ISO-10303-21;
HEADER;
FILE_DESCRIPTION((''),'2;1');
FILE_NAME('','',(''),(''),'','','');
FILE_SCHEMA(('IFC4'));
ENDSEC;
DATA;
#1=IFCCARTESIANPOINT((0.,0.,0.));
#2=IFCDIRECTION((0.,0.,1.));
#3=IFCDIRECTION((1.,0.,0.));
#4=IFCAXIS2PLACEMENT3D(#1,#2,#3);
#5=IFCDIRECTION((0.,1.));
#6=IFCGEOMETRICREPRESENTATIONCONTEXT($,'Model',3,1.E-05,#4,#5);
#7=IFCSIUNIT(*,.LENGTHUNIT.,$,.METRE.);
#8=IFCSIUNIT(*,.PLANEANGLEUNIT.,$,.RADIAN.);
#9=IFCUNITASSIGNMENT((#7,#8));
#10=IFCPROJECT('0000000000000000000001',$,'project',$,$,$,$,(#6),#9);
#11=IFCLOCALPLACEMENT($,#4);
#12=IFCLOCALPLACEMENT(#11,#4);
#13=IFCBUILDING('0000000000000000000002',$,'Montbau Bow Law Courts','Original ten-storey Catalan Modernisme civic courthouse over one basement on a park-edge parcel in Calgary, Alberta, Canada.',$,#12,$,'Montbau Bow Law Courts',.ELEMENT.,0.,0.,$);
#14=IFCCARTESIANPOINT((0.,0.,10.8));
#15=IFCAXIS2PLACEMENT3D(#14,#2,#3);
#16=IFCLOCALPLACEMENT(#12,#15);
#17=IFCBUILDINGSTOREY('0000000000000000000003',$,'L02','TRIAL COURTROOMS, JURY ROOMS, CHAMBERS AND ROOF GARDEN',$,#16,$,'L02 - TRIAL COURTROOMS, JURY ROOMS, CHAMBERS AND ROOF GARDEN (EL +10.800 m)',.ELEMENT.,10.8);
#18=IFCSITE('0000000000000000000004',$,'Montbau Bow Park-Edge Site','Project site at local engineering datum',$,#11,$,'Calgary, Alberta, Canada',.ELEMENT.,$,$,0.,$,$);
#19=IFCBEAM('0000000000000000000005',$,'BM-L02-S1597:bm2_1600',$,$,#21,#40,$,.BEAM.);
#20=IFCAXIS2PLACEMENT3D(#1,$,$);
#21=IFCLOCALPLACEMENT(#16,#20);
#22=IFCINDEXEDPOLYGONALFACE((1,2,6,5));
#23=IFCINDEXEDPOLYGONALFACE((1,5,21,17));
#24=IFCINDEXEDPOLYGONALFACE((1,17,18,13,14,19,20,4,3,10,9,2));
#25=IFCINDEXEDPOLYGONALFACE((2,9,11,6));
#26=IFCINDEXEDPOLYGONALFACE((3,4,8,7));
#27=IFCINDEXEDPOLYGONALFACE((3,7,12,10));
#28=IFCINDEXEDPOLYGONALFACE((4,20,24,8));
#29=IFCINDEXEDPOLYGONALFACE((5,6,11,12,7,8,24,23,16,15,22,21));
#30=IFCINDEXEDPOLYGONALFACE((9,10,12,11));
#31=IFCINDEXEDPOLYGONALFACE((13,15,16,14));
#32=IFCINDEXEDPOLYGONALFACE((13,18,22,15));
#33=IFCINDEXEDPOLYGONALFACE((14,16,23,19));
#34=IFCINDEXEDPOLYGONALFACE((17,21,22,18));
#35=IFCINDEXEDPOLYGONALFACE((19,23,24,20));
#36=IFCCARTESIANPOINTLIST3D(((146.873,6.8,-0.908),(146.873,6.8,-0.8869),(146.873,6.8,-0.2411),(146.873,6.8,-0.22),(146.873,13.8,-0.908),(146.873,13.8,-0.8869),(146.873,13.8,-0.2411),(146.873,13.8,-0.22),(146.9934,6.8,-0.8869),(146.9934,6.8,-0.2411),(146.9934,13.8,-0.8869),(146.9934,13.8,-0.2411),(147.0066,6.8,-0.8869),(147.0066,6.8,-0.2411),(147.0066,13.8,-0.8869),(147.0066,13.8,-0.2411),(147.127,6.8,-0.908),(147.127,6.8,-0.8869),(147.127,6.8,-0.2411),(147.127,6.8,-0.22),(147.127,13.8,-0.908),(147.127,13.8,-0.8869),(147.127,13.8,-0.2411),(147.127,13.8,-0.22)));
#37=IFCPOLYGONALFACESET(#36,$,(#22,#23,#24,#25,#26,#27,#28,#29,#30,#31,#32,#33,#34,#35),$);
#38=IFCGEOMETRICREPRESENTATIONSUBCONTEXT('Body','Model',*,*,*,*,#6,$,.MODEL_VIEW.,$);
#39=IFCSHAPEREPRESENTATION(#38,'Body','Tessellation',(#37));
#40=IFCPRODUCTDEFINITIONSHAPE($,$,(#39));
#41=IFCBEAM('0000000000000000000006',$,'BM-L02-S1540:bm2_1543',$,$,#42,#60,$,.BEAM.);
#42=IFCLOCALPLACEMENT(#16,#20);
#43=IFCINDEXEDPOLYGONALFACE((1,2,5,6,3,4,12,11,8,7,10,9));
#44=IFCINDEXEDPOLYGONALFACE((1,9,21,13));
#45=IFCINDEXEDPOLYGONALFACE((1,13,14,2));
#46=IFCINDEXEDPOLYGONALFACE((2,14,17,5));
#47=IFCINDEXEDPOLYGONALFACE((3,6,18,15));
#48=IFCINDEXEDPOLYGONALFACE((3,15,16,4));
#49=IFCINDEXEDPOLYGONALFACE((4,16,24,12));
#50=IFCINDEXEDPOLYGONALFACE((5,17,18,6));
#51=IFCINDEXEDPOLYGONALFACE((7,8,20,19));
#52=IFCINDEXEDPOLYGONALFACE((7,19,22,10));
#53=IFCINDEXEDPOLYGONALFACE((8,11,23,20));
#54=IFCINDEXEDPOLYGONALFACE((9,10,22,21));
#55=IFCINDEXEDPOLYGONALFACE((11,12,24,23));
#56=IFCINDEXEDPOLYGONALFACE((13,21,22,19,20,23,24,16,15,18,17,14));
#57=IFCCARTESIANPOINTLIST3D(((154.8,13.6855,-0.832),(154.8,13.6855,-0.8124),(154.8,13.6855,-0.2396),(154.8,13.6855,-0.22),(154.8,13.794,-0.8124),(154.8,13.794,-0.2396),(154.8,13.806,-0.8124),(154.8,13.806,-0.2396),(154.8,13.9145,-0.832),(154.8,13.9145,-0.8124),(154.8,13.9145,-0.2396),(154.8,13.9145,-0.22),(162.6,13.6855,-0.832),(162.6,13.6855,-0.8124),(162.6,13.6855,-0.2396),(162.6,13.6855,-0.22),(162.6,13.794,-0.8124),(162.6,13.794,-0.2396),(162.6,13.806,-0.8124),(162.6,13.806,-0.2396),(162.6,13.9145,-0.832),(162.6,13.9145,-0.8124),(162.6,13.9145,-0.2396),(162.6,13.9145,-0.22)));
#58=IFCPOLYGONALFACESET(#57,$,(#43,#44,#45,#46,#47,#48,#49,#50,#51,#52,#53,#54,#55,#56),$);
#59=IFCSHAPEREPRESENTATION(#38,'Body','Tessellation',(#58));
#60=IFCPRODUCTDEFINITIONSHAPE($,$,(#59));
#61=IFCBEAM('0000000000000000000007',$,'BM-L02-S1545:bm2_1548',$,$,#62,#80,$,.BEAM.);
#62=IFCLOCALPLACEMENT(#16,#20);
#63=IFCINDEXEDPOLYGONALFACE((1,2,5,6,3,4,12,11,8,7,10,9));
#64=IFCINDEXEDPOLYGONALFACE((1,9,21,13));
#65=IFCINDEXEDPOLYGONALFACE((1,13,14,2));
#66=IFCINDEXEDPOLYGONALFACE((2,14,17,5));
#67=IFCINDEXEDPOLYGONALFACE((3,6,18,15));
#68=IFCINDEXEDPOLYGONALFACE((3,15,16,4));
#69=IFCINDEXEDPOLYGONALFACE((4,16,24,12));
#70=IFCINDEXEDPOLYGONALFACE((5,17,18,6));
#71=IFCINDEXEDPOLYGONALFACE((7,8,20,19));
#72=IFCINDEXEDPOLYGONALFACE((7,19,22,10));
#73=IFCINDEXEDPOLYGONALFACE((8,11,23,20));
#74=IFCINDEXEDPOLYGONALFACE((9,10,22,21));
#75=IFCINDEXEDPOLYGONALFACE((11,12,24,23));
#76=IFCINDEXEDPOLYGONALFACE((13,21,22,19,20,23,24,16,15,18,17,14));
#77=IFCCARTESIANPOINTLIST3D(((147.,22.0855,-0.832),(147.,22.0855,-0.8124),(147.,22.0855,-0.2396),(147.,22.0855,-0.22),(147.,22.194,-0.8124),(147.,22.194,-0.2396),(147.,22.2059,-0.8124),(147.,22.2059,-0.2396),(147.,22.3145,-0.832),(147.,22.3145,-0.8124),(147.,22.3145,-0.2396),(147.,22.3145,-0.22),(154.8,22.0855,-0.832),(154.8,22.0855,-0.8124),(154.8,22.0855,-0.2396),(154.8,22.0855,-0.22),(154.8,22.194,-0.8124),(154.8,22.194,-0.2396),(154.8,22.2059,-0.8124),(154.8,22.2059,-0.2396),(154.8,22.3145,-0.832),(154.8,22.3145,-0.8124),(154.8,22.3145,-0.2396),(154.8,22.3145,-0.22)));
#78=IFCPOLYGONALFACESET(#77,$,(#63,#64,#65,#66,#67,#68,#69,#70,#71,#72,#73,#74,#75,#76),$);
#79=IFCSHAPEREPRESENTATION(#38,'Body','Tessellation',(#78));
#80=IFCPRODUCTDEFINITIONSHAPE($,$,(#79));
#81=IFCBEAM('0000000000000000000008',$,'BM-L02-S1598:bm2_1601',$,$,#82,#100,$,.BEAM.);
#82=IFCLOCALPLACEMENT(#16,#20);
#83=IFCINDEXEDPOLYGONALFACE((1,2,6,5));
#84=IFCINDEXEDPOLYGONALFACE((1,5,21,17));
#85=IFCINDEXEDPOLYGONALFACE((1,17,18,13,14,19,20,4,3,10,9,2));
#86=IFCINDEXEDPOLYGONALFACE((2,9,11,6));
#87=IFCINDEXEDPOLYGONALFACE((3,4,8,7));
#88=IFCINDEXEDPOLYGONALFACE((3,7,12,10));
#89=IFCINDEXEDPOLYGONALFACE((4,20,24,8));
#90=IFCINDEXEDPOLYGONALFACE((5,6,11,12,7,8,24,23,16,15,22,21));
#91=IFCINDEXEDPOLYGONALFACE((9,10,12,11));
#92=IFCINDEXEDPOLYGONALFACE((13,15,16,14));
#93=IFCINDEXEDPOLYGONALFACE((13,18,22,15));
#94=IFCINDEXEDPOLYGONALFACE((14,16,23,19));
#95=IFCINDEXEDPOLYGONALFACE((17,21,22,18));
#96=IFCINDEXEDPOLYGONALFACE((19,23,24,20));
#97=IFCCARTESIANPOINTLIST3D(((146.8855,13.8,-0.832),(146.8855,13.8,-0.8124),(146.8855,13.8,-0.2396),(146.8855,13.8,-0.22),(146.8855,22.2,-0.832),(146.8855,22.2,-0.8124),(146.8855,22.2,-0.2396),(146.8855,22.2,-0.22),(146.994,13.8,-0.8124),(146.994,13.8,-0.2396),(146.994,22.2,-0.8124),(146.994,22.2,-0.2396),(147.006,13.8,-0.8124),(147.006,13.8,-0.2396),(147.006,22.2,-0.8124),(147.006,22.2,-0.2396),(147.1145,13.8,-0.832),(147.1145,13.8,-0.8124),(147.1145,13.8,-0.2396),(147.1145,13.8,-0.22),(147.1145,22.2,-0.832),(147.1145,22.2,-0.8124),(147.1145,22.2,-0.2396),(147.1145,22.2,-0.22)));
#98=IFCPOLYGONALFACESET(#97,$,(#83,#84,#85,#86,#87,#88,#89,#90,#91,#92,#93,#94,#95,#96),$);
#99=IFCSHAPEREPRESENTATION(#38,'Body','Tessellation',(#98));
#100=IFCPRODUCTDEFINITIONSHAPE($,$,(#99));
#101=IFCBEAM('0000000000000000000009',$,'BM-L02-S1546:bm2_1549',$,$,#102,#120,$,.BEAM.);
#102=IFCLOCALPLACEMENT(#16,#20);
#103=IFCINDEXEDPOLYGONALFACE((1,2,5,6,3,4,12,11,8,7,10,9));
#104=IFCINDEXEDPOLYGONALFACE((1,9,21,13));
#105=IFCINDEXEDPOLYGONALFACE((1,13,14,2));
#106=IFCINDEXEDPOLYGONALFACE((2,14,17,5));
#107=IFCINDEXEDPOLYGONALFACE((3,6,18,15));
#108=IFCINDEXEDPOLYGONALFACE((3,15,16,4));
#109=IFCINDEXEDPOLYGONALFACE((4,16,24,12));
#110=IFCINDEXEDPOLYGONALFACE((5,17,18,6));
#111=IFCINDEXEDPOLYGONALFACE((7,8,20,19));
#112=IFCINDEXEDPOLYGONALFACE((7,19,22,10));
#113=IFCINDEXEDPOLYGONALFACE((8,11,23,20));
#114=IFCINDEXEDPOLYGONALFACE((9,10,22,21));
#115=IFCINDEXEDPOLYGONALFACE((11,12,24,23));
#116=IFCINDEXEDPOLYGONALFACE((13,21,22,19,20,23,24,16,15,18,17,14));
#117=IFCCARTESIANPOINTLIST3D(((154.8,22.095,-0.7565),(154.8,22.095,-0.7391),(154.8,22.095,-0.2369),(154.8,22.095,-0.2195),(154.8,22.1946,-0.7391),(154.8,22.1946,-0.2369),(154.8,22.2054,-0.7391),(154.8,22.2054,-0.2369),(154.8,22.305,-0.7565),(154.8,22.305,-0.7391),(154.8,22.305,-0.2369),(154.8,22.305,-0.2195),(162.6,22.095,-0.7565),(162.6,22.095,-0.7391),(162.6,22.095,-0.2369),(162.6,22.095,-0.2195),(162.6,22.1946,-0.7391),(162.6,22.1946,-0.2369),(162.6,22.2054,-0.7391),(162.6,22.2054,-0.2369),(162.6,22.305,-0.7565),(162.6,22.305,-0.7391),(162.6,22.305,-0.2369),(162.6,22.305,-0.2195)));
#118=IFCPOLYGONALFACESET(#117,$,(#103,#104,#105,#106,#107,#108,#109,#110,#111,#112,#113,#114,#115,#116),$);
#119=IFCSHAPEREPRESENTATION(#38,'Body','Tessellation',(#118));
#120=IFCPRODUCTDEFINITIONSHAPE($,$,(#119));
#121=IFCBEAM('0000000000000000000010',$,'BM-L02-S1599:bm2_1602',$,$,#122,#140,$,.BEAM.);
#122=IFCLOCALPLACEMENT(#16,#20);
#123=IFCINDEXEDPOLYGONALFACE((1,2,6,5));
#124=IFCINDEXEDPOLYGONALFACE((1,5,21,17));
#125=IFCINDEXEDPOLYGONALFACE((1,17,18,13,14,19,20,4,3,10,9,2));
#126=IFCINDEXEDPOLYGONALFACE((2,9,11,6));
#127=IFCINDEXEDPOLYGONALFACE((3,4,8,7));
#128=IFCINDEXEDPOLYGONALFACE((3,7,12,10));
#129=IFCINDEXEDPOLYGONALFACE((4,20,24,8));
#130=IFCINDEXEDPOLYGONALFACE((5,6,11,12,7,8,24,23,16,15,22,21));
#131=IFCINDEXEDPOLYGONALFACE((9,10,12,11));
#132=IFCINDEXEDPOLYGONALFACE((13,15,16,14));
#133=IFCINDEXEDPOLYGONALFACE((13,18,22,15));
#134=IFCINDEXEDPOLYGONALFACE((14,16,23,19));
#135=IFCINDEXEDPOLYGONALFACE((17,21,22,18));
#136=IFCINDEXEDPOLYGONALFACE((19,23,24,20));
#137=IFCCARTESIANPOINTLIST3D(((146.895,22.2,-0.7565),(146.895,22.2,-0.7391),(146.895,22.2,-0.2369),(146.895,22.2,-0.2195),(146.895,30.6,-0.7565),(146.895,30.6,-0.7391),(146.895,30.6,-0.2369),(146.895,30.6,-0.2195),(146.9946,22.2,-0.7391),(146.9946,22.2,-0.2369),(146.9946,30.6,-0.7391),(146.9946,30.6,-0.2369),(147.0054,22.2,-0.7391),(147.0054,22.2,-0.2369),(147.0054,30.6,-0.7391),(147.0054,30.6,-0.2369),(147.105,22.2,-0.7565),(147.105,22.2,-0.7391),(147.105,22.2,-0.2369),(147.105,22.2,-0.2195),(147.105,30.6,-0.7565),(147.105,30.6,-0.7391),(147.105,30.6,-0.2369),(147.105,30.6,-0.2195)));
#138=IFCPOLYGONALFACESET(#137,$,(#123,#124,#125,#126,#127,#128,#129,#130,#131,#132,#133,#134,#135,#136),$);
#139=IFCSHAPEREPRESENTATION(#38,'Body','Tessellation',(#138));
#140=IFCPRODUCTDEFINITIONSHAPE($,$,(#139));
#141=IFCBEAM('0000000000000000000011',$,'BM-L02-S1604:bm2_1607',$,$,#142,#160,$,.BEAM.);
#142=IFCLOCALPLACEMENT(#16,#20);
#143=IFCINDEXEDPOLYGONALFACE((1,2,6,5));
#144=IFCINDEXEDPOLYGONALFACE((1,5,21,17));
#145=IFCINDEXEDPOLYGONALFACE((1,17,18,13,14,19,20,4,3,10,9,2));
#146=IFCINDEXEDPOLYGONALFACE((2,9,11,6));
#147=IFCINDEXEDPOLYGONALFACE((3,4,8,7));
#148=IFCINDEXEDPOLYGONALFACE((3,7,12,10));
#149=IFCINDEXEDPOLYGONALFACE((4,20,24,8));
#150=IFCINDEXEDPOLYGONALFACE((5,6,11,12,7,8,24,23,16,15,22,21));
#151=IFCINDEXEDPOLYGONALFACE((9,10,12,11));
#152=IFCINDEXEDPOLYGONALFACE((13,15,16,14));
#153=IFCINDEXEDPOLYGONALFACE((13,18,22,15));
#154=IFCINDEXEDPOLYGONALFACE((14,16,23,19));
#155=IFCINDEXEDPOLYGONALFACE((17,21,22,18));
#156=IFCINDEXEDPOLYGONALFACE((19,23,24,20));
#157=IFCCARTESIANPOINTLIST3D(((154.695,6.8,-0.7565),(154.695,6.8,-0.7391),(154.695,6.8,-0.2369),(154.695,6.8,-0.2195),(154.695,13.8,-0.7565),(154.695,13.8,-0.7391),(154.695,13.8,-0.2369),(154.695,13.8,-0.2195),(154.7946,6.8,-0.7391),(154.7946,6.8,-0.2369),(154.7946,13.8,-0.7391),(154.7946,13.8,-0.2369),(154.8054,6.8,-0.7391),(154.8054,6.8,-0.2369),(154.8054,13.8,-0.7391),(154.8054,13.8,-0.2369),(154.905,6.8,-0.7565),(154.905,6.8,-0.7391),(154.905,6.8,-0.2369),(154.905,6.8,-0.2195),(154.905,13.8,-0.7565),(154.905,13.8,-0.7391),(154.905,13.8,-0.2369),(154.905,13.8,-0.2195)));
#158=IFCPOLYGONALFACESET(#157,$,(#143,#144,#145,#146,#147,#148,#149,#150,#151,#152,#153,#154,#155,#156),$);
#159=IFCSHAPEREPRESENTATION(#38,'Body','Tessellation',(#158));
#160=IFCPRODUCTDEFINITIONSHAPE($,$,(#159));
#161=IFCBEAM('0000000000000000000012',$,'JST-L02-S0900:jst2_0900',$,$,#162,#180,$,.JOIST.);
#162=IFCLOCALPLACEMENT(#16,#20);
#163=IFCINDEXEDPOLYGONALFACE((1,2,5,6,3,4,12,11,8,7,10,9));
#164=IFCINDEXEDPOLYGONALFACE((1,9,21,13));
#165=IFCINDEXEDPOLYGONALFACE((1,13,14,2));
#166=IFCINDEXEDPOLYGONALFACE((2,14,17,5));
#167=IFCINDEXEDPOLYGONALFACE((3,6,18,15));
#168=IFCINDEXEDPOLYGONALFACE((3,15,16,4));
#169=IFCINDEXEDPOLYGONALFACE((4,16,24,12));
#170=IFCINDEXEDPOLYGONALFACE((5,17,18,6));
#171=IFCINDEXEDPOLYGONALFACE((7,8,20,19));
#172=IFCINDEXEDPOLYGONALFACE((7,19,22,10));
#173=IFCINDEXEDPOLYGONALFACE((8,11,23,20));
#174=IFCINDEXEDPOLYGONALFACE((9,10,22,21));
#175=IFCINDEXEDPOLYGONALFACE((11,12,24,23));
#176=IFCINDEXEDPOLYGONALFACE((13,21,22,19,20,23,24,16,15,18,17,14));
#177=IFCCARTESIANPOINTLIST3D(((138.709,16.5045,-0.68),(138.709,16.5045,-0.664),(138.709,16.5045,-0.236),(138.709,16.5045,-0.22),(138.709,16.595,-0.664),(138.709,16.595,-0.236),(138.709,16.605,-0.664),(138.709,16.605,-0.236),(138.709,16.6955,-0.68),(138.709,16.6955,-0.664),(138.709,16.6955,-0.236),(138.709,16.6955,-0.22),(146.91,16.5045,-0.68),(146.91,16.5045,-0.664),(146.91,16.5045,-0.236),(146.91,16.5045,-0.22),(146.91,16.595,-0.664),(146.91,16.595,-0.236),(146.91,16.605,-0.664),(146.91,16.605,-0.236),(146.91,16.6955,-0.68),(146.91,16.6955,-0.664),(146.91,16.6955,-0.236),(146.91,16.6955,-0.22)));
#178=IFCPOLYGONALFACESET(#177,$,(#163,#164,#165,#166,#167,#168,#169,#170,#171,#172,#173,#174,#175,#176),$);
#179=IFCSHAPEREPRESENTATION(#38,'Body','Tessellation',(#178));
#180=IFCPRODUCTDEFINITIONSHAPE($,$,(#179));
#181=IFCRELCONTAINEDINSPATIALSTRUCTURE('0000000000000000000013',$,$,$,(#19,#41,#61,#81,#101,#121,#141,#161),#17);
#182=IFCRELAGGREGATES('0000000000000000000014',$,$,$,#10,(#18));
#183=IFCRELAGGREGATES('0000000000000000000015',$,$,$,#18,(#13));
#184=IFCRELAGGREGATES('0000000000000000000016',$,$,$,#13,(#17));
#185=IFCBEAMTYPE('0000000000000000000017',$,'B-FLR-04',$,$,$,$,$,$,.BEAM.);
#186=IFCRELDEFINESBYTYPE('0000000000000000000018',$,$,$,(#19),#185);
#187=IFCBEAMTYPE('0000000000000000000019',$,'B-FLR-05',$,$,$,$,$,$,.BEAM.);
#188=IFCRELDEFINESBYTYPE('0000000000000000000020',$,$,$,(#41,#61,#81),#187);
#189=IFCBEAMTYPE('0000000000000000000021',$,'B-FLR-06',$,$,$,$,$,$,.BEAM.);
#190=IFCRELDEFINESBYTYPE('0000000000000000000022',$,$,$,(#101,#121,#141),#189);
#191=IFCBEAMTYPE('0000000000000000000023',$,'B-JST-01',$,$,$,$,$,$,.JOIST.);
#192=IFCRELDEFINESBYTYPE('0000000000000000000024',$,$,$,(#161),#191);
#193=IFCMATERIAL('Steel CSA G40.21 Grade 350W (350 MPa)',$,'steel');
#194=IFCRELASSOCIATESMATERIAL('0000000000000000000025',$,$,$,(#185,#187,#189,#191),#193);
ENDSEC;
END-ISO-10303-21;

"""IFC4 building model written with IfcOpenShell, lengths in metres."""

from ifc_helpers import new_model, si_unit, direction, frame, origin_with_axes, origin_2d_with_axis, place, context, subcontext, project, spatial, i_section, extrude, material, material_profile, profile_set, type_object, element, save


model = new_model("IFC4")

# Units and contexts
model_context = context("Model", 3, precision=1e-05, world=origin_with_axes(), true_north=direction((0.0, 1.0)))
body_context = subcontext(model_context, "Body", "Model", "MODEL_VIEW")
ifc_project = project(units=[si_unit("LENGTHUNIT", "METRE"), si_unit("PLANEANGLEUNIT", "RADIAN")], contexts=[model_context])

# Site, building, storey
site_placement = place(None, origin_with_axes())
site = spatial("IfcSite", under=ifc_project, at=site_placement, Name="Montbau Bow Park-Edge Site", Description="Project site at local engineering datum", LongName="Calgary, Alberta, Canada", CompositionType="ELEMENT", RefElevation=0.0)
building_placement = place(site_placement, origin_with_axes())
building = spatial("IfcBuilding", under=site, at=building_placement, Name="Montbau Bow Law Courts", Description="Original ten-storey Catalan Modernisme civic courthouse over one basement on a park-edge parcel in Calgary, Alberta, Canada.", LongName="Montbau Bow Law Courts", CompositionType="ELEMENT", ElevationOfRefHeight=0.0, ElevationOfTerrain=0.0)
storey_placement = place(building_placement, frame((0.0, 0.0, 10.8), z_axis=(0.0, 0.0, 1.0), x_axis=(1.0, 0.0, 0.0)))
storey = spatial("IfcBuildingStorey", under=building, at=storey_placement, Name="L02", Description="TRIAL COURTROOMS, JURY ROOMS, CHAMBERS AND ROOF GARDEN", LongName="L02 - TRIAL COURTROOMS, JURY ROOMS, CHAMBERS AND ROOF GARDEN (EL +10.800 m)", CompositionType="ELEMENT", Elevation=10.8)

# Shared definitions
ifc_material_1 = material(Name="Steel CSA G40.21 Grade 350W (350 MPa)", Category="steel")

# Beams
ifc_material_profile_1 = material_profile(ifc_material_1, i_section(OverallWidth=0.254, OverallDepth=0.688, WebThickness=0.0131, FlangeThickness=0.0211, at=origin_2d_with_axis()), Name="W690X152", Category="Main", Priority=0)
ifc_profile_set_1 = profile_set([ifc_material_profile_1], Name="Steel CSA G40.21 Grade 350W (350 MPa)")
beam_type_1 = type_object("IfcBeamType", Name="B-FLR-04", PredefinedType="BEAM", material=ifc_profile_set_1)
beam_1_placement = place(None, frame((147.0, 6.8, 10.236), z_axis=(0.0, 1.0, 0.0), x_axis=(-1.0, 0.0, 0.0)))
element("IfcBeam", 1, at=beam_1_placement, inside=storey, type_object=beam_type_1, Name="BM-L02-S1597:bm2_1600", PredefinedType="BEAM", context=body_context, shape_type="SweptSolid", body=[
    extrude(i_section(OverallWidth=0.254, OverallDepth=0.688, WebThickness=0.0131, FlangeThickness=0.0211, at=origin_2d_with_axis()), origin_with_axes(), (0.0, 0.0, 1.0), 7.0),
])
ifc_material_profile_2 = material_profile(ifc_material_1, i_section(OverallWidth=0.229, OverallDepth=0.612, WebThickness=0.0119, FlangeThickness=0.0196, at=origin_2d_with_axis()), Name="W610X125", Category="Main", Priority=0)
ifc_profile_set_2 = profile_set([ifc_material_profile_2], Name="Steel CSA G40.21 Grade 350W (350 MPa)")
beam_type_2 = type_object("IfcBeamType", Name="B-FLR-05", PredefinedType="BEAM", material=ifc_profile_set_2)
for number, where, z_axis, x_axis, name in (
    (2, (154.8, 13.8, 10.274), (1.0, 0.0, 0.0), (0.0, 1.0, 0.0), "BM-L02-S1540:bm2_1543"),
    (3, (147.0, 22.2, 10.274), (1.0, 0.0, 0.0), (0.0, 1.0, 0.0), "BM-L02-S1545:bm2_1548"),
):
    element("IfcBeam", number, at=place(None, frame(where, z_axis=z_axis, x_axis=x_axis)), inside=storey, type_object=beam_type_2, Name=name, PredefinedType="BEAM", context=body_context, shape_type="SweptSolid", body=[
        extrude(i_section(OverallWidth=0.229, OverallDepth=0.612, WebThickness=0.0119, FlangeThickness=0.0196, at=origin_2d_with_axis()), origin_with_axes(), (0.0, 0.0, 1.0), 7.8),
    ])
beam_2_placement = place(None, frame((147.0, 13.8, 10.274), z_axis=(0.0, 1.0, 0.0), x_axis=(-1.0, 0.0, 0.0)))
element("IfcBeam", 4, at=beam_2_placement, inside=storey, type_object=beam_type_2, Name="BM-L02-S1598:bm2_1601", PredefinedType="BEAM", context=body_context, shape_type="SweptSolid", body=[
    extrude(i_section(OverallWidth=0.229, OverallDepth=0.612, WebThickness=0.0119, FlangeThickness=0.0196, at=origin_2d_with_axis()), origin_with_axes(), (0.0, 0.0, 1.0), 8.4),
])
ifc_material_profile_3 = material_profile(ifc_material_1, i_section(OverallWidth=0.21, OverallDepth=0.537, WebThickness=0.0109, FlangeThickness=0.0174, at=origin_2d_with_axis()), Name="W530X101", Category="Main", Priority=0)
ifc_profile_set_3 = profile_set([ifc_material_profile_3], Name="Steel CSA G40.21 Grade 350W (350 MPa)")
beam_type_3 = type_object("IfcBeamType", Name="B-FLR-06", PredefinedType="BEAM", material=ifc_profile_set_3)
beam_3_placement = place(None, frame((154.8, 22.2, 10.312), z_axis=(1.0, 0.0, 0.0), x_axis=(0.0, 1.0, 0.0)))
element("IfcBeam", 5, at=beam_3_placement, inside=storey, type_object=beam_type_3, Name="BM-L02-S1546:bm2_1549", PredefinedType="BEAM", context=body_context, shape_type="SweptSolid", body=[
    extrude(i_section(OverallWidth=0.21, OverallDepth=0.537, WebThickness=0.0109, FlangeThickness=0.0174, at=origin_2d_with_axis()), origin_with_axes(), (0.0, 0.0, 1.0), 7.8),
])
beam_4_placement = place(None, frame((147.0, 22.2, 10.312), z_axis=(0.0, 1.0, 0.0), x_axis=(-1.0, 0.0, 0.0)))
element("IfcBeam", 6, at=beam_4_placement, inside=storey, type_object=beam_type_3, Name="BM-L02-S1599:bm2_1602", PredefinedType="BEAM", context=body_context, shape_type="SweptSolid", body=[
    extrude(i_section(OverallWidth=0.21, OverallDepth=0.537, WebThickness=0.0109, FlangeThickness=0.0174, at=origin_2d_with_axis()), origin_with_axes(), (0.0, 0.0, 1.0), 8.4),
])
beam_5_placement = place(None, frame((154.8, 6.8, 10.312), z_axis=(0.0, 1.0, 0.0), x_axis=(-1.0, 0.0, 0.0)))
element("IfcBeam", 7, at=beam_5_placement, inside=storey, type_object=beam_type_3, Name="BM-L02-S1604:bm2_1607", PredefinedType="BEAM", context=body_context, shape_type="SweptSolid", body=[
    extrude(i_section(OverallWidth=0.21, OverallDepth=0.537, WebThickness=0.0109, FlangeThickness=0.0174, at=origin_2d_with_axis()), origin_with_axes(), (0.0, 0.0, 1.0), 7.0),
])
ifc_material_profile_4 = material_profile(ifc_material_1, i_section(OverallWidth=0.191, OverallDepth=0.46, WebThickness=0.0099, FlangeThickness=0.016, at=origin_2d_with_axis()), Name="W460X82", Category="Main", Priority=0)
ifc_profile_set_4 = profile_set([ifc_material_profile_4], Name="Steel CSA G40.21 Grade 350W (350 MPa)")
beam_type_4 = type_object("IfcBeamType", Name="B-JST-01", PredefinedType="JOIST", material=ifc_profile_set_4)
beam_6_placement = place(None, frame((138.709, 16.6, 10.35), z_axis=(1.0, 0.0, 0.0), x_axis=(0.0, 1.0, 0.0)))
element("IfcBeam", 8, at=beam_6_placement, inside=storey, type_object=beam_type_4, Name="JST-L02-S0900:jst2_0900", PredefinedType="JOIST", context=body_context, shape_type="SweptSolid", body=[
    extrude(i_section(OverallWidth=0.191, OverallDepth=0.46, WebThickness=0.0099, FlangeThickness=0.016, at=origin_2d_with_axis()), origin_with_axes(), (0.0, 0.0, 1.0), 8.201),
])

save(model, "model.ifc")
